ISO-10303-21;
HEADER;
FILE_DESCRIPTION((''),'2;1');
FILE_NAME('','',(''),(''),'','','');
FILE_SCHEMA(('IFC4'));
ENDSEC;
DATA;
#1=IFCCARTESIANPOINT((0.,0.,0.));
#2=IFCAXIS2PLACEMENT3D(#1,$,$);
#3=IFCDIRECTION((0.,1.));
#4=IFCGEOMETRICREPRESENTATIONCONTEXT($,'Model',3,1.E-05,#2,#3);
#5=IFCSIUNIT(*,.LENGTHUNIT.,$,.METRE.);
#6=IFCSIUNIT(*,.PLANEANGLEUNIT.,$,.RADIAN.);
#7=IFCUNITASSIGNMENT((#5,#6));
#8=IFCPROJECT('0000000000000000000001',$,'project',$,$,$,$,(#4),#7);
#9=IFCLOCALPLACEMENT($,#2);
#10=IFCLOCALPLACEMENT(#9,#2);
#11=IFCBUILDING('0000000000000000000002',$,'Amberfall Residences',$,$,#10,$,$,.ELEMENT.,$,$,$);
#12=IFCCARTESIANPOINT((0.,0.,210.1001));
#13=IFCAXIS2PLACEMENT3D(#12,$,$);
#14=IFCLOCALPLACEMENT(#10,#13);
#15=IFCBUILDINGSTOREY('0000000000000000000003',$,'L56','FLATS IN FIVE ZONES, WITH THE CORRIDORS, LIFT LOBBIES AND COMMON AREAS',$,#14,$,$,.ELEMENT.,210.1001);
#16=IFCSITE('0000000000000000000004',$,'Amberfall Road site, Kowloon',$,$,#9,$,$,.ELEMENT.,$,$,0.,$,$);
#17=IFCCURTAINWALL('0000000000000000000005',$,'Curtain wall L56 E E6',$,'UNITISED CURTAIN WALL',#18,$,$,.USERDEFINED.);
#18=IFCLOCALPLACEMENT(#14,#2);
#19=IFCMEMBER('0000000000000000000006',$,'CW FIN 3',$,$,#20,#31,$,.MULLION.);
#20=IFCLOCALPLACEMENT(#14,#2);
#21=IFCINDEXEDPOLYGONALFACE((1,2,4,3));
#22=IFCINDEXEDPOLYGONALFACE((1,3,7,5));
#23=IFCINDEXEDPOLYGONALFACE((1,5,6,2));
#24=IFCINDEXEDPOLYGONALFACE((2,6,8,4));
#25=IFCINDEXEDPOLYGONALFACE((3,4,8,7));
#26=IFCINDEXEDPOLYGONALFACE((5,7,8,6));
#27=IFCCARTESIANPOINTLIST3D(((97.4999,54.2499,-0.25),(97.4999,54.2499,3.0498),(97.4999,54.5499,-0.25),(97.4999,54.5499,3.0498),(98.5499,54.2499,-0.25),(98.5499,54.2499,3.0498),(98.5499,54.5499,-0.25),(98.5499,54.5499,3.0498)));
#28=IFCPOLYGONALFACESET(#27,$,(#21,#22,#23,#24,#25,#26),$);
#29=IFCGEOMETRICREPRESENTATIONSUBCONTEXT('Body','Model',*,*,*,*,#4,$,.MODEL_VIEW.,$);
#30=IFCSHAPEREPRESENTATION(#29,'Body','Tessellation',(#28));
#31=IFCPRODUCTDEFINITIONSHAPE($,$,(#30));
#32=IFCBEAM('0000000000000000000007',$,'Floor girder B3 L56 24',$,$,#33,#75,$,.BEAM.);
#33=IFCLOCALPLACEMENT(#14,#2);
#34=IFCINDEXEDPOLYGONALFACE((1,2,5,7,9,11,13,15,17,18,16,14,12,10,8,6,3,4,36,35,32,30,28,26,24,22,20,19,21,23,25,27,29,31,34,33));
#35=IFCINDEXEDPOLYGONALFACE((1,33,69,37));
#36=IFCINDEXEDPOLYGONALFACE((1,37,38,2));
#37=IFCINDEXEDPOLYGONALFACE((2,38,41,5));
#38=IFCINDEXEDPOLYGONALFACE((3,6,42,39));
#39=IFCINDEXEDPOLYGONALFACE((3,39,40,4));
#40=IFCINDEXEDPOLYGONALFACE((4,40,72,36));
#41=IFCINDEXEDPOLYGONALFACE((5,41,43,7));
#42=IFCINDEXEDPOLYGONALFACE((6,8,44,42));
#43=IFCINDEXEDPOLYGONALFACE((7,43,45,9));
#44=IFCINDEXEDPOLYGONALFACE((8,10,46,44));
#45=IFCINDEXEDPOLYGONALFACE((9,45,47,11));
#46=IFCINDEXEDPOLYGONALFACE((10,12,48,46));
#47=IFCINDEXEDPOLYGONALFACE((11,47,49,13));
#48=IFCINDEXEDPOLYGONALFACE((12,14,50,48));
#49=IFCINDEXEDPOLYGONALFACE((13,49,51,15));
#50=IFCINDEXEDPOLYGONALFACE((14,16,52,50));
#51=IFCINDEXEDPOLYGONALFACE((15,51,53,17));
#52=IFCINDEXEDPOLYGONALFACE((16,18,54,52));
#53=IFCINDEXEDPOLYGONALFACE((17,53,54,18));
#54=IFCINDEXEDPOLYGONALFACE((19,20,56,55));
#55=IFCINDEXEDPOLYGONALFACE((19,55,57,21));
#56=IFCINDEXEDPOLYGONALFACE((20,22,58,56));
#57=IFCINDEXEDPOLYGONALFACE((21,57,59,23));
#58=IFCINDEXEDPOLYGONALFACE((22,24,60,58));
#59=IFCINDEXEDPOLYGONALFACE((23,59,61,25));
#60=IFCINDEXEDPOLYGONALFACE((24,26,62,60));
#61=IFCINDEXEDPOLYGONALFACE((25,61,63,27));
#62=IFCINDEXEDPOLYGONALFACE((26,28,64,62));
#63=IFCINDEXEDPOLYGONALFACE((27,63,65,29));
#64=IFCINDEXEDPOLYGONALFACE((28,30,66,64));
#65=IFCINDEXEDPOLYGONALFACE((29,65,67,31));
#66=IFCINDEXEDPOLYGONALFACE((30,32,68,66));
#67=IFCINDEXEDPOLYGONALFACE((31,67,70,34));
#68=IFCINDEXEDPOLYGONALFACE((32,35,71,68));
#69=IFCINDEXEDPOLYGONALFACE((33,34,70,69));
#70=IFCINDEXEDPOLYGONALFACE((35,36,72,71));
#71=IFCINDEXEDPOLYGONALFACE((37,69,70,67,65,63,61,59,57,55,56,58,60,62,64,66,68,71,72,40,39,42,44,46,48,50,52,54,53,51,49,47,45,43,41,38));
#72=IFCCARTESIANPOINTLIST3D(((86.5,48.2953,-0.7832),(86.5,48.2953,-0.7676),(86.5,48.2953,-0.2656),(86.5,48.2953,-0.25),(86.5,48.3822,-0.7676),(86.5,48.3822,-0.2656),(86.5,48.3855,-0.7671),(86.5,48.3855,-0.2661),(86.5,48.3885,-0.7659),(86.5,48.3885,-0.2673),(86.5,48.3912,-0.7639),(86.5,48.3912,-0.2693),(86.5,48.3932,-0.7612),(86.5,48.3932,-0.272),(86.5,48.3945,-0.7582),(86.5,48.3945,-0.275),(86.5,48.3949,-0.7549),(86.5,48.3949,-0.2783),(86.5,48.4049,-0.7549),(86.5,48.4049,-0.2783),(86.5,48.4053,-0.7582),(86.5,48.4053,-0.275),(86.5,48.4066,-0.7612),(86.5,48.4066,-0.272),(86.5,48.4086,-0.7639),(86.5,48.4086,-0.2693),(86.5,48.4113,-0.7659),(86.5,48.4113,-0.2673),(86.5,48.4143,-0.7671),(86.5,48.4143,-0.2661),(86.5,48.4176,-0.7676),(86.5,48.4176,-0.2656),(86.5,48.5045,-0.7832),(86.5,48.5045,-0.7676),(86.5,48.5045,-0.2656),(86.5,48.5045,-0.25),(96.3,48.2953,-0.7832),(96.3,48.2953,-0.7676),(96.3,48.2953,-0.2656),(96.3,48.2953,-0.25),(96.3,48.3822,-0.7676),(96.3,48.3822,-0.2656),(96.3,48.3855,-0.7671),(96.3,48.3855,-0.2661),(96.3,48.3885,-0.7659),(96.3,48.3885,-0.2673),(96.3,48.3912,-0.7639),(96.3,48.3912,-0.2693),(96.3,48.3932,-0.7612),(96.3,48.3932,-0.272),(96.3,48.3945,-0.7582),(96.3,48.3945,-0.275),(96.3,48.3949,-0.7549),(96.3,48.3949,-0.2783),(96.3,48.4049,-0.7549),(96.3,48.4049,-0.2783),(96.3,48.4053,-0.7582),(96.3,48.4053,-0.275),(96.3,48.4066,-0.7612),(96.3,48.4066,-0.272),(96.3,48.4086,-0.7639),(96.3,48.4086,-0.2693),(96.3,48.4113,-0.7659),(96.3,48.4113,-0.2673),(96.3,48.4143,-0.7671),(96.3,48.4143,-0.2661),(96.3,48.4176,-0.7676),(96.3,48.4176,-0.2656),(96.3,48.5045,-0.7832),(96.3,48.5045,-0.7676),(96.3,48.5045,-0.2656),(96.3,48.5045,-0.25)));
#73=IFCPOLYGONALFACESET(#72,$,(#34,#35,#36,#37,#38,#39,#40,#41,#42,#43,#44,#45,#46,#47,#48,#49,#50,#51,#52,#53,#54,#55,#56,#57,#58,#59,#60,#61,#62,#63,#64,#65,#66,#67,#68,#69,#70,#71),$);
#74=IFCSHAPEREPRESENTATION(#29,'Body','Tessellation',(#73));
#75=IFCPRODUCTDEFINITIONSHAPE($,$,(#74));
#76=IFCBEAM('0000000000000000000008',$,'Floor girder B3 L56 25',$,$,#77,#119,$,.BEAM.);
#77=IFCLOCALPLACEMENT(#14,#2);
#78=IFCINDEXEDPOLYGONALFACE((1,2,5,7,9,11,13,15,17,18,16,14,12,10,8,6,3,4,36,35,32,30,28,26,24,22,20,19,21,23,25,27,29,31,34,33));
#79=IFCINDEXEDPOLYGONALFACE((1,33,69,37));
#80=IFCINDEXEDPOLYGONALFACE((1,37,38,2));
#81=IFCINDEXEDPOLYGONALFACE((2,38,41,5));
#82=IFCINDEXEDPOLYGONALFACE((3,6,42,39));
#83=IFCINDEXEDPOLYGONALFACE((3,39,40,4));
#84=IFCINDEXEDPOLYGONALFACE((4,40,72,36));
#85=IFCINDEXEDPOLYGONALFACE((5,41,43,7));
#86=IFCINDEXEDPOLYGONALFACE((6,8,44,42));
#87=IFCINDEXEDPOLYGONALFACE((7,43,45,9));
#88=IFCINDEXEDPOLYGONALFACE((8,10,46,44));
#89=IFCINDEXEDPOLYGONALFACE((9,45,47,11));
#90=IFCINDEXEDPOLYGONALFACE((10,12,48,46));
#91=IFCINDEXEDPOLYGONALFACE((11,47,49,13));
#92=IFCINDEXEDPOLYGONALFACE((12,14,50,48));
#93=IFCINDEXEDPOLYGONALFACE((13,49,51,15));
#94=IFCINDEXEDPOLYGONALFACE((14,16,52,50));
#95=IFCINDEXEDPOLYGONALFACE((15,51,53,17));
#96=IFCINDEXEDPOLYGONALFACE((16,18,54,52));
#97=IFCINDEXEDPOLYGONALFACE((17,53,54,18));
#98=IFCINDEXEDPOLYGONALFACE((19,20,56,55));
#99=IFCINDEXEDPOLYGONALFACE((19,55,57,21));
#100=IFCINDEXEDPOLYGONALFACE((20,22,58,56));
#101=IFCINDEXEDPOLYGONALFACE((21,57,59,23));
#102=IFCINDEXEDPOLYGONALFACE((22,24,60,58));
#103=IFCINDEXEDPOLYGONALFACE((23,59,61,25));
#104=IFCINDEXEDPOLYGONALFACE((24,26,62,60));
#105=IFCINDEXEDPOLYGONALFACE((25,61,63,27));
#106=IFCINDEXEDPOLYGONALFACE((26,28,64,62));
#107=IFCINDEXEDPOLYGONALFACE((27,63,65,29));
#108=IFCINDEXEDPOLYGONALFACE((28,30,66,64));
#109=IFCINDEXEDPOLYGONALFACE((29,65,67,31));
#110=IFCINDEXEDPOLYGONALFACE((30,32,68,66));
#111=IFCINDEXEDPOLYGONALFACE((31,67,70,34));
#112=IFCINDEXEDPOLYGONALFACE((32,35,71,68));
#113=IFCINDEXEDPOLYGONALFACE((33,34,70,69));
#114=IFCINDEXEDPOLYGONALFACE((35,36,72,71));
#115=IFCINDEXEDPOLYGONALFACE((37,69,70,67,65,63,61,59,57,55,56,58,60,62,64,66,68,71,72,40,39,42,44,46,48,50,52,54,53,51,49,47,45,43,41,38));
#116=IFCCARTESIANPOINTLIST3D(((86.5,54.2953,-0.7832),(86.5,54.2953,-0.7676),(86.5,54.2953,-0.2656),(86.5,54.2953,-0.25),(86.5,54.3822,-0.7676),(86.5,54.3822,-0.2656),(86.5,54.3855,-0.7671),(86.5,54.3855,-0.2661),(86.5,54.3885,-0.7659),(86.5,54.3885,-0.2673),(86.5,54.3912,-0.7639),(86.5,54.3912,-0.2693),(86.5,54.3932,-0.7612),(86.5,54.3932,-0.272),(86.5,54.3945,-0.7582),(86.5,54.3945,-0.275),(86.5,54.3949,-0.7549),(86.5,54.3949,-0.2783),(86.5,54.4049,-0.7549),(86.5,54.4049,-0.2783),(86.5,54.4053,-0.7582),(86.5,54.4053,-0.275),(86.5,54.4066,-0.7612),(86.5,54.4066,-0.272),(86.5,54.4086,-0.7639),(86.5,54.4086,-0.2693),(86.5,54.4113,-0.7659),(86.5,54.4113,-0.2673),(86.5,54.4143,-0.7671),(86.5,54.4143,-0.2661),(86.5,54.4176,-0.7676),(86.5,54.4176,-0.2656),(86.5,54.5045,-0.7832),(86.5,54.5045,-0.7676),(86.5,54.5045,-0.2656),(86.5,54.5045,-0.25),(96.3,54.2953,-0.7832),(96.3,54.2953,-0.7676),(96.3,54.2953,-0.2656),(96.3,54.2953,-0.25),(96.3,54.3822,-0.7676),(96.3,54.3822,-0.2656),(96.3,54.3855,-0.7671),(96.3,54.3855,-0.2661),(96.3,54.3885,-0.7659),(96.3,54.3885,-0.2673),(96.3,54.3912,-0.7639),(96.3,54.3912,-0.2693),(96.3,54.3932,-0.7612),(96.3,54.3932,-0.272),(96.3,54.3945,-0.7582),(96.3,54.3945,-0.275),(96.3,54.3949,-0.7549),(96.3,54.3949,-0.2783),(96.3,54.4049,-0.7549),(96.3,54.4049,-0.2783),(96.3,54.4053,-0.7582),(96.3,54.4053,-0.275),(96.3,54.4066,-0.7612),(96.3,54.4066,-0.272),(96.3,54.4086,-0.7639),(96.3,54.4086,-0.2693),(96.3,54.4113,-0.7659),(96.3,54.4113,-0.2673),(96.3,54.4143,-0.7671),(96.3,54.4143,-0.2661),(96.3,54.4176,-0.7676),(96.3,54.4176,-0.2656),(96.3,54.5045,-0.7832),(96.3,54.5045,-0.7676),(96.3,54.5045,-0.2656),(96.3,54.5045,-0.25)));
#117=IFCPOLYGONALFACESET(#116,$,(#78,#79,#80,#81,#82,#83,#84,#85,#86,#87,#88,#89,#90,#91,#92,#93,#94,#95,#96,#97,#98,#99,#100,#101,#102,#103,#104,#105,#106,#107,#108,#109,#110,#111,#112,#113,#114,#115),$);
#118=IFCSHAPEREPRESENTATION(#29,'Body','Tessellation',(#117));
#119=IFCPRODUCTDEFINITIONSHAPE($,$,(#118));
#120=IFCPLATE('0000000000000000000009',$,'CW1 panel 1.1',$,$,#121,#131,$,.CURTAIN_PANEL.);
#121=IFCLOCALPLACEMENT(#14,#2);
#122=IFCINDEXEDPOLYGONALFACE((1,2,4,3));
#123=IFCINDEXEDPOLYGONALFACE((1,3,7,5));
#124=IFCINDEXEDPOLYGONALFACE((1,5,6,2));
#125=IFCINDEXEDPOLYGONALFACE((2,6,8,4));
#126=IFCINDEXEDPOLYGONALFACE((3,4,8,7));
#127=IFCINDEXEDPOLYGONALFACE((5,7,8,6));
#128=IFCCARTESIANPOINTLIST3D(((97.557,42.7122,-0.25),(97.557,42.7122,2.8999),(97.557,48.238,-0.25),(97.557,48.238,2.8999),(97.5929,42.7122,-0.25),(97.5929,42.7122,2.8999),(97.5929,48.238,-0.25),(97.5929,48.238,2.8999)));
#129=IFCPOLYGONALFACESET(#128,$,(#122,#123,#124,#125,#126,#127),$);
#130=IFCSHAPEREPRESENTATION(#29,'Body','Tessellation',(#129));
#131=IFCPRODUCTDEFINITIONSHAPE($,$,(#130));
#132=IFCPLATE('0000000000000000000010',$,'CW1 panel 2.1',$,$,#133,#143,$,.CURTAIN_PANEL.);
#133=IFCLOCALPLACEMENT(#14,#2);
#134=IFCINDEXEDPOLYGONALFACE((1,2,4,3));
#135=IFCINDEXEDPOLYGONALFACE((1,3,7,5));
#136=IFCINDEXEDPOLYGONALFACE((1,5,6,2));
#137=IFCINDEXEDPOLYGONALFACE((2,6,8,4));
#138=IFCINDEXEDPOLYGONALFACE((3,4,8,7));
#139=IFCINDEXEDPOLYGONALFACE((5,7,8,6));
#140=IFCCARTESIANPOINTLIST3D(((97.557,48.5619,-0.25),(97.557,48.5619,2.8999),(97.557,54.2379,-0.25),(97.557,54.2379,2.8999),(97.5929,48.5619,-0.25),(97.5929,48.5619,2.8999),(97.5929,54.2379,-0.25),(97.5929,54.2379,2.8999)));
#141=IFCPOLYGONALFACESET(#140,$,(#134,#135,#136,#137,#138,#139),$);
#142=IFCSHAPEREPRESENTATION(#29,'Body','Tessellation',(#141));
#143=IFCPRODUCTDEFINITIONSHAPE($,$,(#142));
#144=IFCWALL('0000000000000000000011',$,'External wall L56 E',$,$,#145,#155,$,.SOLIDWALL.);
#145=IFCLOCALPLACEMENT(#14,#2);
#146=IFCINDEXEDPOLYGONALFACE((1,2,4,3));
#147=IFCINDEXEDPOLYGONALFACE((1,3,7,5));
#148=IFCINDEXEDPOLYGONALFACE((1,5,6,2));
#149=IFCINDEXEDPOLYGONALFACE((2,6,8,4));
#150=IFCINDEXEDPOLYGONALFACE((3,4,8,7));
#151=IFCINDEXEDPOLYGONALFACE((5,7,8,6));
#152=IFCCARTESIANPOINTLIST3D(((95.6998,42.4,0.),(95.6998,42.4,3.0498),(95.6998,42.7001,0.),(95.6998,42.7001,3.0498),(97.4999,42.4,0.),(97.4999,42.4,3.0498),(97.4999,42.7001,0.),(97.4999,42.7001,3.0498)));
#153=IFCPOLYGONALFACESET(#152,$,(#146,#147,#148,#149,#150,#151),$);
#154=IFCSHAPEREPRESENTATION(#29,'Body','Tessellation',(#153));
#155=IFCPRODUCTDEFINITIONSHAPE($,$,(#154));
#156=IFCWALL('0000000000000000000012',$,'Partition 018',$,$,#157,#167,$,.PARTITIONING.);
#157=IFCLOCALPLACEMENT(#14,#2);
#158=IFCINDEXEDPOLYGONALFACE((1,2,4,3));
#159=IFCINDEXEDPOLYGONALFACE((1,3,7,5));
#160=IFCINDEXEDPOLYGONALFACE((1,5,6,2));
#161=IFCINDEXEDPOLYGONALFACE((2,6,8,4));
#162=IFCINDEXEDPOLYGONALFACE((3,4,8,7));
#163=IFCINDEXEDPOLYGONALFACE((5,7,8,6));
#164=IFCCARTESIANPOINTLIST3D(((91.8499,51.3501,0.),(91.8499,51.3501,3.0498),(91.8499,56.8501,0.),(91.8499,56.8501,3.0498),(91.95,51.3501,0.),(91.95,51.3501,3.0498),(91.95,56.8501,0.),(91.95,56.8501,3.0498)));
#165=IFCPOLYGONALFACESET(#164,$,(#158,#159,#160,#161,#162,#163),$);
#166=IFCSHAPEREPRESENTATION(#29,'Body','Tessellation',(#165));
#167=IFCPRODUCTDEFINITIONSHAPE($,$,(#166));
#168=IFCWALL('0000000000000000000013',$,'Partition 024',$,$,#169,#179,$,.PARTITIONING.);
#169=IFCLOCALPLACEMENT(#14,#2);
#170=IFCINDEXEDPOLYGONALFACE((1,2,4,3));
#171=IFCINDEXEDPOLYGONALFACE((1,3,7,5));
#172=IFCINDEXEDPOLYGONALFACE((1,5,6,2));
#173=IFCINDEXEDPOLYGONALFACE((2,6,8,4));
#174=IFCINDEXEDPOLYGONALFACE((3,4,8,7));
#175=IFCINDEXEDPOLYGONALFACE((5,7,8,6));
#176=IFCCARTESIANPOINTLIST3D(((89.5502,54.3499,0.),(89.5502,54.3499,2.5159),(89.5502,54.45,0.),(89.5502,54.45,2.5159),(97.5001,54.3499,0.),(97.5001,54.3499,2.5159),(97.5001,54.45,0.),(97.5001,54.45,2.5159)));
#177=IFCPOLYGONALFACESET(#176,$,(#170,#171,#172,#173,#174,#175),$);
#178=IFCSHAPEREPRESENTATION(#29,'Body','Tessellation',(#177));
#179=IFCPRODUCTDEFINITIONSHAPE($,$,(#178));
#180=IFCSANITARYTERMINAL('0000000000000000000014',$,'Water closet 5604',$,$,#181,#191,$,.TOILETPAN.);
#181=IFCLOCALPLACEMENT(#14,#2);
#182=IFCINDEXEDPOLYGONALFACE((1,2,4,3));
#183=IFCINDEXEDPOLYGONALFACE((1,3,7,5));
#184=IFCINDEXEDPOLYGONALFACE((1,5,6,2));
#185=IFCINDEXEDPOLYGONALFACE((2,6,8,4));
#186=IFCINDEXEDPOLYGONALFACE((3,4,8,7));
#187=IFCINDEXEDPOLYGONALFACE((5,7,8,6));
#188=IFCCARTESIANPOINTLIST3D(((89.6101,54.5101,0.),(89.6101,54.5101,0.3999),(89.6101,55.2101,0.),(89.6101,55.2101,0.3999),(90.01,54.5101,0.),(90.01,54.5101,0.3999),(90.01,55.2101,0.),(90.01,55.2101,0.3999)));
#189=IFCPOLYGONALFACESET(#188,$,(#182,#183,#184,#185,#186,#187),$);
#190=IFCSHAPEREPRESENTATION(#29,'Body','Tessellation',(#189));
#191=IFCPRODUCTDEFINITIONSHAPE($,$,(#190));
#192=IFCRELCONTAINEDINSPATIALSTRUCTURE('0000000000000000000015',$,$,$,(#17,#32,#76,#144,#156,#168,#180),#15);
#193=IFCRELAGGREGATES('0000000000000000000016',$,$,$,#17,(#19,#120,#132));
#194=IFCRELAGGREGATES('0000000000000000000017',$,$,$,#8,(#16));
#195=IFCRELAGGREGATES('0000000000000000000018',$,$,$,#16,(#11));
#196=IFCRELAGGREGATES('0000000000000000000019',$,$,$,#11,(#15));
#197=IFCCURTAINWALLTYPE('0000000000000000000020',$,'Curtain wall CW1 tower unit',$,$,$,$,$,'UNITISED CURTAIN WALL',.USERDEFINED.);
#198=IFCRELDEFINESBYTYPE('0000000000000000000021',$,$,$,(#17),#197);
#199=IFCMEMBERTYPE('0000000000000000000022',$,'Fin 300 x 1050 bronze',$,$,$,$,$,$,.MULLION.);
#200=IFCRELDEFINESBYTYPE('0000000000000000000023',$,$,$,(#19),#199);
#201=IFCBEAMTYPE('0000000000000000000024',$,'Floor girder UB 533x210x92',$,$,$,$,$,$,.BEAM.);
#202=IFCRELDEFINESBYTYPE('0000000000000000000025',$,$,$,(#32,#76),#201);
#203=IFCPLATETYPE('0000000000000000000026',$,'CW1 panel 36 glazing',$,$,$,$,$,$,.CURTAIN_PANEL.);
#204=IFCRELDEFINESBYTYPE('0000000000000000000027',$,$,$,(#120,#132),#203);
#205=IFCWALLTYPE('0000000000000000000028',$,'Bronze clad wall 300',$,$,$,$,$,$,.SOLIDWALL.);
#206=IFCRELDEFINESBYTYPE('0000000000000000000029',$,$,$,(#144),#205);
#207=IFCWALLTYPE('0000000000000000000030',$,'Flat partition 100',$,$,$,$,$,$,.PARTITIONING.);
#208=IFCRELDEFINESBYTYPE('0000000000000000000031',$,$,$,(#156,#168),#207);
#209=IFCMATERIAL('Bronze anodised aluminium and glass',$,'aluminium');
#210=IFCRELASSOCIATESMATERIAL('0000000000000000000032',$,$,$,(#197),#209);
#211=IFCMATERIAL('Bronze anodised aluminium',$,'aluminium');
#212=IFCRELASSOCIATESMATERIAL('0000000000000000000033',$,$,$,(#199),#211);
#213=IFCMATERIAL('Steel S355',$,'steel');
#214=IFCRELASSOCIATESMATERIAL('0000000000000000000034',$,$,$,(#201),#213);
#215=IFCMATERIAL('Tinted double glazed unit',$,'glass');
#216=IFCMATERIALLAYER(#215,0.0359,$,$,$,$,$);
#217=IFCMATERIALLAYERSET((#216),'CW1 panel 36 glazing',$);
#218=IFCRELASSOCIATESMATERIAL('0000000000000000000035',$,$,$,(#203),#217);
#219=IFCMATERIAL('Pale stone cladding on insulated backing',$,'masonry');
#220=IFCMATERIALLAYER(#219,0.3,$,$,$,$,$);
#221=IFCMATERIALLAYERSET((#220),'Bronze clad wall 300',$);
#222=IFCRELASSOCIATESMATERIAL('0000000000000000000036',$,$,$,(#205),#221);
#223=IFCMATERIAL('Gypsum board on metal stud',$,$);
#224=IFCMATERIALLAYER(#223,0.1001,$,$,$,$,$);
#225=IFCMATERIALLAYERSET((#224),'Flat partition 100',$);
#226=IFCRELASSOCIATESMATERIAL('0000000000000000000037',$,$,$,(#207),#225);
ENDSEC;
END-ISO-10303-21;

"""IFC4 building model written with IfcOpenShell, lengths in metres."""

from ifc_helpers import new_model, si_unit, direction, frame, frame_2d, origin, origin_2d, place, context, subcontext, project, spatial, rectangle, i_section, extrude, material, layer, layer_set, material_profile, profile_set, type_object, element, aggregate, save


model = new_model("IFC4")

# Units and contexts
model_context = context("Model", 3, precision=1e-05, world=origin(), true_north=direction((0.0, 1.0)))
body_context = subcontext(model_context, "Body", "Model", "MODEL_VIEW")
ifc_project = project(units=[si_unit("LENGTHUNIT", "METRE"), si_unit("PLANEANGLEUNIT", "RADIAN")], contexts=[model_context])

# Site, building, storey
site_placement = place(None, origin())
site = spatial("IfcSite", under=ifc_project, at=site_placement, Name="Amberfall Road site, Kowloon", CompositionType="ELEMENT", RefElevation=0.0)
building_placement = place(site_placement, origin())
building = spatial("IfcBuilding", under=site, at=building_placement, Name="Amberfall Residences", CompositionType="ELEMENT")
storey_placement = place(building_placement, frame((0.0, 0.0, 210.1001)))
storey = spatial("IfcBuildingStorey", under=building, at=storey_placement, Name="L56", Description="FLATS IN FIVE ZONES, WITH THE CORRIDORS, LIFT LOBBIES AND COMMON AREAS", CompositionType="ELEMENT", Elevation=210.1001)

# Curtain wall
ifc_material_1 = material(Name="Bronze anodised aluminium and glass", Category="aluminium")
curtain_wall_type = type_object("IfcCurtainWallType", Name="Curtain wall CW1 tower unit", ElementType="UNITISED CURTAIN WALL", PredefinedType="USERDEFINED", material=ifc_material_1)
curtain_wall_placement = place(storey_placement, origin())
curtain_wall = element("IfcCurtainWall", 1, at=curtain_wall_placement, inside=storey, type_object=curtain_wall_type, Name="Curtain wall L56 E E6", ObjectType="UNITISED CURTAIN WALL", PredefinedType="USERDEFINED")
ifc_material_2 = material(Name="Bronze anodised aluminium", Category="aluminium")

# Shared definitions
ifc_material_3 = material(Name="Steel S355", Category="steel")

# Member
ifc_material_profile_1 = material_profile(ifc_material_2, rectangle(XDim=1.05, YDim=0.3, at=origin_2d()), Name="Fin 300 x 1050 bronze")
ifc_profile_set_1 = profile_set([ifc_material_profile_1], Name="Bronze anodised aluminium")
member_type_1 = type_object("IfcMemberType", Name="Fin 300 x 1050 bronze", PredefinedType="MULLION", material=ifc_profile_set_1)
member_1_placement = place(storey_placement, frame((98.0249, 54.3999, -0.25), z_axis=(0.0, 0.0, 1.0), x_axis=(-1.0, 0.0, 0.0)))
member_1 = element("IfcMember", 2, at=member_1_placement, type_object=member_type_1, Name="CW FIN 3", PredefinedType="MULLION", context=body_context, shape_type="SweptSolid", body=[
    extrude(rectangle(XDim=1.05, YDim=0.3, at=origin_2d()), origin(), (0.0, 0.0, 1.0), 3.2998),
])

# Beams
ifc_material_profile_2 = material_profile(ifc_material_3, i_section(OverallWidth=0.2092, OverallDepth=0.5332, WebThickness=0.01, FlangeThickness=0.0156, FilletRadius=0.0127, at=origin_2d()), Name="UB 533x210x92")
ifc_profile_set_2 = profile_set([ifc_material_profile_2], Name="Steel S355")
beam_type_1 = type_object("IfcBeamType", Name="Floor girder UB 533x210x92", PredefinedType="BEAM", material=ifc_profile_set_2)
for number, where, z_axis, x_axis, name in (
    (3, (96.3, 48.3999, -0.5166), (-1.0, 0.0, 0.0), (0.0, -1.0, 0.0), "Floor girder B3 L56 24"),
    (4, (96.3, 54.3999, -0.5166), (-1.0, 0.0, 0.0), (0.0, -1.0, 0.0), "Floor girder B3 L56 25"),
):
    element("IfcBeam", number, at=place(storey_placement, frame(where, z_axis=z_axis, x_axis=x_axis)), inside=storey, type_object=beam_type_1, Name=name, PredefinedType="BEAM", context=body_context, shape_type="SweptSolid", body=[
        extrude(i_section(OverallWidth=0.2092, OverallDepth=0.5332, WebThickness=0.01, FlangeThickness=0.0156, FilletRadius=0.0127, at=origin_2d()), origin(), (0.0, 0.0, 1.0), 9.8),
    ])

# Plates
ifc_material_4 = material(Name="Tinted double glazed unit", Category="glass")
ifc_layer_1 = layer(ifc_material_4, 0.0359)
ifc_layer_set_1 = layer_set([ifc_layer_1], Name="CW1 panel 36 glazing")
plate_type = type_object("IfcPlateType", Name="CW1 panel 36 glazing", PredefinedType="CURTAIN_PANEL", material=ifc_layer_set_1)
plate_1_placement = place(storey_placement, frame((97.575, 45.4751, -0.25), z_axis=(0.0, 0.0, 1.0), x_axis=(0.0, 1.0, 0.0)))
plate_1 = element("IfcPlate", 5, at=plate_1_placement, type_object=plate_type, Name="CW1 panel 1.1", PredefinedType="CURTAIN_PANEL", context=body_context, shape_type="SweptSolid", body=[
    extrude(rectangle(XDim=5.5259, YDim=0.0359, at=origin_2d()), origin(), (0.0, 0.0, 1.0), 3.1499),
])
plate_2_placement = place(storey_placement, frame((97.575, 51.3999, -0.25), z_axis=(0.0, 0.0, 1.0), x_axis=(0.0, 1.0, 0.0)))
plate_2 = element("IfcPlate", 6, at=plate_2_placement, type_object=plate_type, Name="CW1 panel 2.1", PredefinedType="CURTAIN_PANEL", context=body_context, shape_type="SweptSolid", body=[
    extrude(rectangle(XDim=5.676, YDim=0.0359, at=origin_2d()), origin(), (0.0, 0.0, 1.0), 3.1499),
])
aggregate(curtain_wall, [member_1, plate_1, plate_2])

# Walls
ifc_material_5 = material(Name="Pale stone cladding on insulated backing", Category="masonry")
ifc_layer_2 = layer(ifc_material_5, 0.3)
ifc_layer_set_2 = layer_set([ifc_layer_2], Name="Bronze clad wall 300")
wall_type_1 = type_object("IfcWallType", Name="Bronze clad wall 300", PredefinedType="SOLIDWALL", material=ifc_layer_set_2)
wall_1_placement = place(storey_placement, frame((95.7, 42.55, 0.0), z_axis=(0.0, 0.0, 1.0), x_axis=(1.0, 0.0, 0.0)))
element("IfcWall", 7, at=wall_1_placement, inside=storey, type_object=wall_type_1, Name="External wall L56 E", PredefinedType="SOLIDWALL", context=body_context, shape_type="SweptSolid", body=[
    extrude(rectangle(XDim=1.8, YDim=0.3, at=frame_2d((0.8999, 0.0))), origin(), (0.0, 0.0, 1.0), 3.0498),
])
ifc_material_6 = material(Name="Gypsum board on metal stud")
ifc_layer_3 = layer(ifc_material_6, 0.1001)
ifc_layer_set_3 = layer_set([ifc_layer_3], Name="Flat partition 100")
wall_type_2 = type_object("IfcWallType", Name="Flat partition 100", PredefinedType="PARTITIONING", material=ifc_layer_set_3)
wall_2_placement = place(storey_placement, frame((91.8999, 51.3501, 0.0), z_axis=(0.0, 0.0, 1.0), x_axis=(0.0, 1.0, 0.0)))
element("IfcWall", 8, at=wall_2_placement, inside=storey, type_object=wall_type_2, Name="Partition 018", PredefinedType="PARTITIONING", context=body_context, shape_type="SweptSolid", body=[
    extrude(rectangle(XDim=5.5, YDim=0.1001, at=frame_2d((2.75, 0.0))), origin(), (0.0, 0.0, 1.0), 3.0498),
])
wall_3_placement = place(storey_placement, frame((89.55, 54.3999, 0.0), z_axis=(0.0, 0.0, 1.0), x_axis=(1.0, 0.0, 0.0)))
element("IfcWall", 9, at=wall_3_placement, inside=storey, type_object=wall_type_2, Name="Partition 024", PredefinedType="PARTITIONING", context=body_context, shape_type="SweptSolid", body=[
    extrude(rectangle(XDim=7.95, YDim=0.1001, at=frame_2d((3.9751, 0.0))), origin(), (0.0, 0.0, 1.0), 2.5159),
])

# Sanitary terminal
sanitary_terminal_1_placement = place(storey_placement, frame((89.8101, 54.8601, 0.0), z_axis=(0.0, 0.0, 1.0), x_axis=(1.0, 0.0, 0.0)))
element("IfcSanitaryTerminal", 10, at=sanitary_terminal_1_placement, inside=storey, Name="Water closet 5604", PredefinedType="TOILETPAN", context=body_context, shape_type="SweptSolid", body=[
    extrude(rectangle(XDim=0.3999, YDim=0.7, at=origin_2d()), origin(), (0.0, 0.0, 1.0), 0.3999),
])

save(model, "model.ifc")
